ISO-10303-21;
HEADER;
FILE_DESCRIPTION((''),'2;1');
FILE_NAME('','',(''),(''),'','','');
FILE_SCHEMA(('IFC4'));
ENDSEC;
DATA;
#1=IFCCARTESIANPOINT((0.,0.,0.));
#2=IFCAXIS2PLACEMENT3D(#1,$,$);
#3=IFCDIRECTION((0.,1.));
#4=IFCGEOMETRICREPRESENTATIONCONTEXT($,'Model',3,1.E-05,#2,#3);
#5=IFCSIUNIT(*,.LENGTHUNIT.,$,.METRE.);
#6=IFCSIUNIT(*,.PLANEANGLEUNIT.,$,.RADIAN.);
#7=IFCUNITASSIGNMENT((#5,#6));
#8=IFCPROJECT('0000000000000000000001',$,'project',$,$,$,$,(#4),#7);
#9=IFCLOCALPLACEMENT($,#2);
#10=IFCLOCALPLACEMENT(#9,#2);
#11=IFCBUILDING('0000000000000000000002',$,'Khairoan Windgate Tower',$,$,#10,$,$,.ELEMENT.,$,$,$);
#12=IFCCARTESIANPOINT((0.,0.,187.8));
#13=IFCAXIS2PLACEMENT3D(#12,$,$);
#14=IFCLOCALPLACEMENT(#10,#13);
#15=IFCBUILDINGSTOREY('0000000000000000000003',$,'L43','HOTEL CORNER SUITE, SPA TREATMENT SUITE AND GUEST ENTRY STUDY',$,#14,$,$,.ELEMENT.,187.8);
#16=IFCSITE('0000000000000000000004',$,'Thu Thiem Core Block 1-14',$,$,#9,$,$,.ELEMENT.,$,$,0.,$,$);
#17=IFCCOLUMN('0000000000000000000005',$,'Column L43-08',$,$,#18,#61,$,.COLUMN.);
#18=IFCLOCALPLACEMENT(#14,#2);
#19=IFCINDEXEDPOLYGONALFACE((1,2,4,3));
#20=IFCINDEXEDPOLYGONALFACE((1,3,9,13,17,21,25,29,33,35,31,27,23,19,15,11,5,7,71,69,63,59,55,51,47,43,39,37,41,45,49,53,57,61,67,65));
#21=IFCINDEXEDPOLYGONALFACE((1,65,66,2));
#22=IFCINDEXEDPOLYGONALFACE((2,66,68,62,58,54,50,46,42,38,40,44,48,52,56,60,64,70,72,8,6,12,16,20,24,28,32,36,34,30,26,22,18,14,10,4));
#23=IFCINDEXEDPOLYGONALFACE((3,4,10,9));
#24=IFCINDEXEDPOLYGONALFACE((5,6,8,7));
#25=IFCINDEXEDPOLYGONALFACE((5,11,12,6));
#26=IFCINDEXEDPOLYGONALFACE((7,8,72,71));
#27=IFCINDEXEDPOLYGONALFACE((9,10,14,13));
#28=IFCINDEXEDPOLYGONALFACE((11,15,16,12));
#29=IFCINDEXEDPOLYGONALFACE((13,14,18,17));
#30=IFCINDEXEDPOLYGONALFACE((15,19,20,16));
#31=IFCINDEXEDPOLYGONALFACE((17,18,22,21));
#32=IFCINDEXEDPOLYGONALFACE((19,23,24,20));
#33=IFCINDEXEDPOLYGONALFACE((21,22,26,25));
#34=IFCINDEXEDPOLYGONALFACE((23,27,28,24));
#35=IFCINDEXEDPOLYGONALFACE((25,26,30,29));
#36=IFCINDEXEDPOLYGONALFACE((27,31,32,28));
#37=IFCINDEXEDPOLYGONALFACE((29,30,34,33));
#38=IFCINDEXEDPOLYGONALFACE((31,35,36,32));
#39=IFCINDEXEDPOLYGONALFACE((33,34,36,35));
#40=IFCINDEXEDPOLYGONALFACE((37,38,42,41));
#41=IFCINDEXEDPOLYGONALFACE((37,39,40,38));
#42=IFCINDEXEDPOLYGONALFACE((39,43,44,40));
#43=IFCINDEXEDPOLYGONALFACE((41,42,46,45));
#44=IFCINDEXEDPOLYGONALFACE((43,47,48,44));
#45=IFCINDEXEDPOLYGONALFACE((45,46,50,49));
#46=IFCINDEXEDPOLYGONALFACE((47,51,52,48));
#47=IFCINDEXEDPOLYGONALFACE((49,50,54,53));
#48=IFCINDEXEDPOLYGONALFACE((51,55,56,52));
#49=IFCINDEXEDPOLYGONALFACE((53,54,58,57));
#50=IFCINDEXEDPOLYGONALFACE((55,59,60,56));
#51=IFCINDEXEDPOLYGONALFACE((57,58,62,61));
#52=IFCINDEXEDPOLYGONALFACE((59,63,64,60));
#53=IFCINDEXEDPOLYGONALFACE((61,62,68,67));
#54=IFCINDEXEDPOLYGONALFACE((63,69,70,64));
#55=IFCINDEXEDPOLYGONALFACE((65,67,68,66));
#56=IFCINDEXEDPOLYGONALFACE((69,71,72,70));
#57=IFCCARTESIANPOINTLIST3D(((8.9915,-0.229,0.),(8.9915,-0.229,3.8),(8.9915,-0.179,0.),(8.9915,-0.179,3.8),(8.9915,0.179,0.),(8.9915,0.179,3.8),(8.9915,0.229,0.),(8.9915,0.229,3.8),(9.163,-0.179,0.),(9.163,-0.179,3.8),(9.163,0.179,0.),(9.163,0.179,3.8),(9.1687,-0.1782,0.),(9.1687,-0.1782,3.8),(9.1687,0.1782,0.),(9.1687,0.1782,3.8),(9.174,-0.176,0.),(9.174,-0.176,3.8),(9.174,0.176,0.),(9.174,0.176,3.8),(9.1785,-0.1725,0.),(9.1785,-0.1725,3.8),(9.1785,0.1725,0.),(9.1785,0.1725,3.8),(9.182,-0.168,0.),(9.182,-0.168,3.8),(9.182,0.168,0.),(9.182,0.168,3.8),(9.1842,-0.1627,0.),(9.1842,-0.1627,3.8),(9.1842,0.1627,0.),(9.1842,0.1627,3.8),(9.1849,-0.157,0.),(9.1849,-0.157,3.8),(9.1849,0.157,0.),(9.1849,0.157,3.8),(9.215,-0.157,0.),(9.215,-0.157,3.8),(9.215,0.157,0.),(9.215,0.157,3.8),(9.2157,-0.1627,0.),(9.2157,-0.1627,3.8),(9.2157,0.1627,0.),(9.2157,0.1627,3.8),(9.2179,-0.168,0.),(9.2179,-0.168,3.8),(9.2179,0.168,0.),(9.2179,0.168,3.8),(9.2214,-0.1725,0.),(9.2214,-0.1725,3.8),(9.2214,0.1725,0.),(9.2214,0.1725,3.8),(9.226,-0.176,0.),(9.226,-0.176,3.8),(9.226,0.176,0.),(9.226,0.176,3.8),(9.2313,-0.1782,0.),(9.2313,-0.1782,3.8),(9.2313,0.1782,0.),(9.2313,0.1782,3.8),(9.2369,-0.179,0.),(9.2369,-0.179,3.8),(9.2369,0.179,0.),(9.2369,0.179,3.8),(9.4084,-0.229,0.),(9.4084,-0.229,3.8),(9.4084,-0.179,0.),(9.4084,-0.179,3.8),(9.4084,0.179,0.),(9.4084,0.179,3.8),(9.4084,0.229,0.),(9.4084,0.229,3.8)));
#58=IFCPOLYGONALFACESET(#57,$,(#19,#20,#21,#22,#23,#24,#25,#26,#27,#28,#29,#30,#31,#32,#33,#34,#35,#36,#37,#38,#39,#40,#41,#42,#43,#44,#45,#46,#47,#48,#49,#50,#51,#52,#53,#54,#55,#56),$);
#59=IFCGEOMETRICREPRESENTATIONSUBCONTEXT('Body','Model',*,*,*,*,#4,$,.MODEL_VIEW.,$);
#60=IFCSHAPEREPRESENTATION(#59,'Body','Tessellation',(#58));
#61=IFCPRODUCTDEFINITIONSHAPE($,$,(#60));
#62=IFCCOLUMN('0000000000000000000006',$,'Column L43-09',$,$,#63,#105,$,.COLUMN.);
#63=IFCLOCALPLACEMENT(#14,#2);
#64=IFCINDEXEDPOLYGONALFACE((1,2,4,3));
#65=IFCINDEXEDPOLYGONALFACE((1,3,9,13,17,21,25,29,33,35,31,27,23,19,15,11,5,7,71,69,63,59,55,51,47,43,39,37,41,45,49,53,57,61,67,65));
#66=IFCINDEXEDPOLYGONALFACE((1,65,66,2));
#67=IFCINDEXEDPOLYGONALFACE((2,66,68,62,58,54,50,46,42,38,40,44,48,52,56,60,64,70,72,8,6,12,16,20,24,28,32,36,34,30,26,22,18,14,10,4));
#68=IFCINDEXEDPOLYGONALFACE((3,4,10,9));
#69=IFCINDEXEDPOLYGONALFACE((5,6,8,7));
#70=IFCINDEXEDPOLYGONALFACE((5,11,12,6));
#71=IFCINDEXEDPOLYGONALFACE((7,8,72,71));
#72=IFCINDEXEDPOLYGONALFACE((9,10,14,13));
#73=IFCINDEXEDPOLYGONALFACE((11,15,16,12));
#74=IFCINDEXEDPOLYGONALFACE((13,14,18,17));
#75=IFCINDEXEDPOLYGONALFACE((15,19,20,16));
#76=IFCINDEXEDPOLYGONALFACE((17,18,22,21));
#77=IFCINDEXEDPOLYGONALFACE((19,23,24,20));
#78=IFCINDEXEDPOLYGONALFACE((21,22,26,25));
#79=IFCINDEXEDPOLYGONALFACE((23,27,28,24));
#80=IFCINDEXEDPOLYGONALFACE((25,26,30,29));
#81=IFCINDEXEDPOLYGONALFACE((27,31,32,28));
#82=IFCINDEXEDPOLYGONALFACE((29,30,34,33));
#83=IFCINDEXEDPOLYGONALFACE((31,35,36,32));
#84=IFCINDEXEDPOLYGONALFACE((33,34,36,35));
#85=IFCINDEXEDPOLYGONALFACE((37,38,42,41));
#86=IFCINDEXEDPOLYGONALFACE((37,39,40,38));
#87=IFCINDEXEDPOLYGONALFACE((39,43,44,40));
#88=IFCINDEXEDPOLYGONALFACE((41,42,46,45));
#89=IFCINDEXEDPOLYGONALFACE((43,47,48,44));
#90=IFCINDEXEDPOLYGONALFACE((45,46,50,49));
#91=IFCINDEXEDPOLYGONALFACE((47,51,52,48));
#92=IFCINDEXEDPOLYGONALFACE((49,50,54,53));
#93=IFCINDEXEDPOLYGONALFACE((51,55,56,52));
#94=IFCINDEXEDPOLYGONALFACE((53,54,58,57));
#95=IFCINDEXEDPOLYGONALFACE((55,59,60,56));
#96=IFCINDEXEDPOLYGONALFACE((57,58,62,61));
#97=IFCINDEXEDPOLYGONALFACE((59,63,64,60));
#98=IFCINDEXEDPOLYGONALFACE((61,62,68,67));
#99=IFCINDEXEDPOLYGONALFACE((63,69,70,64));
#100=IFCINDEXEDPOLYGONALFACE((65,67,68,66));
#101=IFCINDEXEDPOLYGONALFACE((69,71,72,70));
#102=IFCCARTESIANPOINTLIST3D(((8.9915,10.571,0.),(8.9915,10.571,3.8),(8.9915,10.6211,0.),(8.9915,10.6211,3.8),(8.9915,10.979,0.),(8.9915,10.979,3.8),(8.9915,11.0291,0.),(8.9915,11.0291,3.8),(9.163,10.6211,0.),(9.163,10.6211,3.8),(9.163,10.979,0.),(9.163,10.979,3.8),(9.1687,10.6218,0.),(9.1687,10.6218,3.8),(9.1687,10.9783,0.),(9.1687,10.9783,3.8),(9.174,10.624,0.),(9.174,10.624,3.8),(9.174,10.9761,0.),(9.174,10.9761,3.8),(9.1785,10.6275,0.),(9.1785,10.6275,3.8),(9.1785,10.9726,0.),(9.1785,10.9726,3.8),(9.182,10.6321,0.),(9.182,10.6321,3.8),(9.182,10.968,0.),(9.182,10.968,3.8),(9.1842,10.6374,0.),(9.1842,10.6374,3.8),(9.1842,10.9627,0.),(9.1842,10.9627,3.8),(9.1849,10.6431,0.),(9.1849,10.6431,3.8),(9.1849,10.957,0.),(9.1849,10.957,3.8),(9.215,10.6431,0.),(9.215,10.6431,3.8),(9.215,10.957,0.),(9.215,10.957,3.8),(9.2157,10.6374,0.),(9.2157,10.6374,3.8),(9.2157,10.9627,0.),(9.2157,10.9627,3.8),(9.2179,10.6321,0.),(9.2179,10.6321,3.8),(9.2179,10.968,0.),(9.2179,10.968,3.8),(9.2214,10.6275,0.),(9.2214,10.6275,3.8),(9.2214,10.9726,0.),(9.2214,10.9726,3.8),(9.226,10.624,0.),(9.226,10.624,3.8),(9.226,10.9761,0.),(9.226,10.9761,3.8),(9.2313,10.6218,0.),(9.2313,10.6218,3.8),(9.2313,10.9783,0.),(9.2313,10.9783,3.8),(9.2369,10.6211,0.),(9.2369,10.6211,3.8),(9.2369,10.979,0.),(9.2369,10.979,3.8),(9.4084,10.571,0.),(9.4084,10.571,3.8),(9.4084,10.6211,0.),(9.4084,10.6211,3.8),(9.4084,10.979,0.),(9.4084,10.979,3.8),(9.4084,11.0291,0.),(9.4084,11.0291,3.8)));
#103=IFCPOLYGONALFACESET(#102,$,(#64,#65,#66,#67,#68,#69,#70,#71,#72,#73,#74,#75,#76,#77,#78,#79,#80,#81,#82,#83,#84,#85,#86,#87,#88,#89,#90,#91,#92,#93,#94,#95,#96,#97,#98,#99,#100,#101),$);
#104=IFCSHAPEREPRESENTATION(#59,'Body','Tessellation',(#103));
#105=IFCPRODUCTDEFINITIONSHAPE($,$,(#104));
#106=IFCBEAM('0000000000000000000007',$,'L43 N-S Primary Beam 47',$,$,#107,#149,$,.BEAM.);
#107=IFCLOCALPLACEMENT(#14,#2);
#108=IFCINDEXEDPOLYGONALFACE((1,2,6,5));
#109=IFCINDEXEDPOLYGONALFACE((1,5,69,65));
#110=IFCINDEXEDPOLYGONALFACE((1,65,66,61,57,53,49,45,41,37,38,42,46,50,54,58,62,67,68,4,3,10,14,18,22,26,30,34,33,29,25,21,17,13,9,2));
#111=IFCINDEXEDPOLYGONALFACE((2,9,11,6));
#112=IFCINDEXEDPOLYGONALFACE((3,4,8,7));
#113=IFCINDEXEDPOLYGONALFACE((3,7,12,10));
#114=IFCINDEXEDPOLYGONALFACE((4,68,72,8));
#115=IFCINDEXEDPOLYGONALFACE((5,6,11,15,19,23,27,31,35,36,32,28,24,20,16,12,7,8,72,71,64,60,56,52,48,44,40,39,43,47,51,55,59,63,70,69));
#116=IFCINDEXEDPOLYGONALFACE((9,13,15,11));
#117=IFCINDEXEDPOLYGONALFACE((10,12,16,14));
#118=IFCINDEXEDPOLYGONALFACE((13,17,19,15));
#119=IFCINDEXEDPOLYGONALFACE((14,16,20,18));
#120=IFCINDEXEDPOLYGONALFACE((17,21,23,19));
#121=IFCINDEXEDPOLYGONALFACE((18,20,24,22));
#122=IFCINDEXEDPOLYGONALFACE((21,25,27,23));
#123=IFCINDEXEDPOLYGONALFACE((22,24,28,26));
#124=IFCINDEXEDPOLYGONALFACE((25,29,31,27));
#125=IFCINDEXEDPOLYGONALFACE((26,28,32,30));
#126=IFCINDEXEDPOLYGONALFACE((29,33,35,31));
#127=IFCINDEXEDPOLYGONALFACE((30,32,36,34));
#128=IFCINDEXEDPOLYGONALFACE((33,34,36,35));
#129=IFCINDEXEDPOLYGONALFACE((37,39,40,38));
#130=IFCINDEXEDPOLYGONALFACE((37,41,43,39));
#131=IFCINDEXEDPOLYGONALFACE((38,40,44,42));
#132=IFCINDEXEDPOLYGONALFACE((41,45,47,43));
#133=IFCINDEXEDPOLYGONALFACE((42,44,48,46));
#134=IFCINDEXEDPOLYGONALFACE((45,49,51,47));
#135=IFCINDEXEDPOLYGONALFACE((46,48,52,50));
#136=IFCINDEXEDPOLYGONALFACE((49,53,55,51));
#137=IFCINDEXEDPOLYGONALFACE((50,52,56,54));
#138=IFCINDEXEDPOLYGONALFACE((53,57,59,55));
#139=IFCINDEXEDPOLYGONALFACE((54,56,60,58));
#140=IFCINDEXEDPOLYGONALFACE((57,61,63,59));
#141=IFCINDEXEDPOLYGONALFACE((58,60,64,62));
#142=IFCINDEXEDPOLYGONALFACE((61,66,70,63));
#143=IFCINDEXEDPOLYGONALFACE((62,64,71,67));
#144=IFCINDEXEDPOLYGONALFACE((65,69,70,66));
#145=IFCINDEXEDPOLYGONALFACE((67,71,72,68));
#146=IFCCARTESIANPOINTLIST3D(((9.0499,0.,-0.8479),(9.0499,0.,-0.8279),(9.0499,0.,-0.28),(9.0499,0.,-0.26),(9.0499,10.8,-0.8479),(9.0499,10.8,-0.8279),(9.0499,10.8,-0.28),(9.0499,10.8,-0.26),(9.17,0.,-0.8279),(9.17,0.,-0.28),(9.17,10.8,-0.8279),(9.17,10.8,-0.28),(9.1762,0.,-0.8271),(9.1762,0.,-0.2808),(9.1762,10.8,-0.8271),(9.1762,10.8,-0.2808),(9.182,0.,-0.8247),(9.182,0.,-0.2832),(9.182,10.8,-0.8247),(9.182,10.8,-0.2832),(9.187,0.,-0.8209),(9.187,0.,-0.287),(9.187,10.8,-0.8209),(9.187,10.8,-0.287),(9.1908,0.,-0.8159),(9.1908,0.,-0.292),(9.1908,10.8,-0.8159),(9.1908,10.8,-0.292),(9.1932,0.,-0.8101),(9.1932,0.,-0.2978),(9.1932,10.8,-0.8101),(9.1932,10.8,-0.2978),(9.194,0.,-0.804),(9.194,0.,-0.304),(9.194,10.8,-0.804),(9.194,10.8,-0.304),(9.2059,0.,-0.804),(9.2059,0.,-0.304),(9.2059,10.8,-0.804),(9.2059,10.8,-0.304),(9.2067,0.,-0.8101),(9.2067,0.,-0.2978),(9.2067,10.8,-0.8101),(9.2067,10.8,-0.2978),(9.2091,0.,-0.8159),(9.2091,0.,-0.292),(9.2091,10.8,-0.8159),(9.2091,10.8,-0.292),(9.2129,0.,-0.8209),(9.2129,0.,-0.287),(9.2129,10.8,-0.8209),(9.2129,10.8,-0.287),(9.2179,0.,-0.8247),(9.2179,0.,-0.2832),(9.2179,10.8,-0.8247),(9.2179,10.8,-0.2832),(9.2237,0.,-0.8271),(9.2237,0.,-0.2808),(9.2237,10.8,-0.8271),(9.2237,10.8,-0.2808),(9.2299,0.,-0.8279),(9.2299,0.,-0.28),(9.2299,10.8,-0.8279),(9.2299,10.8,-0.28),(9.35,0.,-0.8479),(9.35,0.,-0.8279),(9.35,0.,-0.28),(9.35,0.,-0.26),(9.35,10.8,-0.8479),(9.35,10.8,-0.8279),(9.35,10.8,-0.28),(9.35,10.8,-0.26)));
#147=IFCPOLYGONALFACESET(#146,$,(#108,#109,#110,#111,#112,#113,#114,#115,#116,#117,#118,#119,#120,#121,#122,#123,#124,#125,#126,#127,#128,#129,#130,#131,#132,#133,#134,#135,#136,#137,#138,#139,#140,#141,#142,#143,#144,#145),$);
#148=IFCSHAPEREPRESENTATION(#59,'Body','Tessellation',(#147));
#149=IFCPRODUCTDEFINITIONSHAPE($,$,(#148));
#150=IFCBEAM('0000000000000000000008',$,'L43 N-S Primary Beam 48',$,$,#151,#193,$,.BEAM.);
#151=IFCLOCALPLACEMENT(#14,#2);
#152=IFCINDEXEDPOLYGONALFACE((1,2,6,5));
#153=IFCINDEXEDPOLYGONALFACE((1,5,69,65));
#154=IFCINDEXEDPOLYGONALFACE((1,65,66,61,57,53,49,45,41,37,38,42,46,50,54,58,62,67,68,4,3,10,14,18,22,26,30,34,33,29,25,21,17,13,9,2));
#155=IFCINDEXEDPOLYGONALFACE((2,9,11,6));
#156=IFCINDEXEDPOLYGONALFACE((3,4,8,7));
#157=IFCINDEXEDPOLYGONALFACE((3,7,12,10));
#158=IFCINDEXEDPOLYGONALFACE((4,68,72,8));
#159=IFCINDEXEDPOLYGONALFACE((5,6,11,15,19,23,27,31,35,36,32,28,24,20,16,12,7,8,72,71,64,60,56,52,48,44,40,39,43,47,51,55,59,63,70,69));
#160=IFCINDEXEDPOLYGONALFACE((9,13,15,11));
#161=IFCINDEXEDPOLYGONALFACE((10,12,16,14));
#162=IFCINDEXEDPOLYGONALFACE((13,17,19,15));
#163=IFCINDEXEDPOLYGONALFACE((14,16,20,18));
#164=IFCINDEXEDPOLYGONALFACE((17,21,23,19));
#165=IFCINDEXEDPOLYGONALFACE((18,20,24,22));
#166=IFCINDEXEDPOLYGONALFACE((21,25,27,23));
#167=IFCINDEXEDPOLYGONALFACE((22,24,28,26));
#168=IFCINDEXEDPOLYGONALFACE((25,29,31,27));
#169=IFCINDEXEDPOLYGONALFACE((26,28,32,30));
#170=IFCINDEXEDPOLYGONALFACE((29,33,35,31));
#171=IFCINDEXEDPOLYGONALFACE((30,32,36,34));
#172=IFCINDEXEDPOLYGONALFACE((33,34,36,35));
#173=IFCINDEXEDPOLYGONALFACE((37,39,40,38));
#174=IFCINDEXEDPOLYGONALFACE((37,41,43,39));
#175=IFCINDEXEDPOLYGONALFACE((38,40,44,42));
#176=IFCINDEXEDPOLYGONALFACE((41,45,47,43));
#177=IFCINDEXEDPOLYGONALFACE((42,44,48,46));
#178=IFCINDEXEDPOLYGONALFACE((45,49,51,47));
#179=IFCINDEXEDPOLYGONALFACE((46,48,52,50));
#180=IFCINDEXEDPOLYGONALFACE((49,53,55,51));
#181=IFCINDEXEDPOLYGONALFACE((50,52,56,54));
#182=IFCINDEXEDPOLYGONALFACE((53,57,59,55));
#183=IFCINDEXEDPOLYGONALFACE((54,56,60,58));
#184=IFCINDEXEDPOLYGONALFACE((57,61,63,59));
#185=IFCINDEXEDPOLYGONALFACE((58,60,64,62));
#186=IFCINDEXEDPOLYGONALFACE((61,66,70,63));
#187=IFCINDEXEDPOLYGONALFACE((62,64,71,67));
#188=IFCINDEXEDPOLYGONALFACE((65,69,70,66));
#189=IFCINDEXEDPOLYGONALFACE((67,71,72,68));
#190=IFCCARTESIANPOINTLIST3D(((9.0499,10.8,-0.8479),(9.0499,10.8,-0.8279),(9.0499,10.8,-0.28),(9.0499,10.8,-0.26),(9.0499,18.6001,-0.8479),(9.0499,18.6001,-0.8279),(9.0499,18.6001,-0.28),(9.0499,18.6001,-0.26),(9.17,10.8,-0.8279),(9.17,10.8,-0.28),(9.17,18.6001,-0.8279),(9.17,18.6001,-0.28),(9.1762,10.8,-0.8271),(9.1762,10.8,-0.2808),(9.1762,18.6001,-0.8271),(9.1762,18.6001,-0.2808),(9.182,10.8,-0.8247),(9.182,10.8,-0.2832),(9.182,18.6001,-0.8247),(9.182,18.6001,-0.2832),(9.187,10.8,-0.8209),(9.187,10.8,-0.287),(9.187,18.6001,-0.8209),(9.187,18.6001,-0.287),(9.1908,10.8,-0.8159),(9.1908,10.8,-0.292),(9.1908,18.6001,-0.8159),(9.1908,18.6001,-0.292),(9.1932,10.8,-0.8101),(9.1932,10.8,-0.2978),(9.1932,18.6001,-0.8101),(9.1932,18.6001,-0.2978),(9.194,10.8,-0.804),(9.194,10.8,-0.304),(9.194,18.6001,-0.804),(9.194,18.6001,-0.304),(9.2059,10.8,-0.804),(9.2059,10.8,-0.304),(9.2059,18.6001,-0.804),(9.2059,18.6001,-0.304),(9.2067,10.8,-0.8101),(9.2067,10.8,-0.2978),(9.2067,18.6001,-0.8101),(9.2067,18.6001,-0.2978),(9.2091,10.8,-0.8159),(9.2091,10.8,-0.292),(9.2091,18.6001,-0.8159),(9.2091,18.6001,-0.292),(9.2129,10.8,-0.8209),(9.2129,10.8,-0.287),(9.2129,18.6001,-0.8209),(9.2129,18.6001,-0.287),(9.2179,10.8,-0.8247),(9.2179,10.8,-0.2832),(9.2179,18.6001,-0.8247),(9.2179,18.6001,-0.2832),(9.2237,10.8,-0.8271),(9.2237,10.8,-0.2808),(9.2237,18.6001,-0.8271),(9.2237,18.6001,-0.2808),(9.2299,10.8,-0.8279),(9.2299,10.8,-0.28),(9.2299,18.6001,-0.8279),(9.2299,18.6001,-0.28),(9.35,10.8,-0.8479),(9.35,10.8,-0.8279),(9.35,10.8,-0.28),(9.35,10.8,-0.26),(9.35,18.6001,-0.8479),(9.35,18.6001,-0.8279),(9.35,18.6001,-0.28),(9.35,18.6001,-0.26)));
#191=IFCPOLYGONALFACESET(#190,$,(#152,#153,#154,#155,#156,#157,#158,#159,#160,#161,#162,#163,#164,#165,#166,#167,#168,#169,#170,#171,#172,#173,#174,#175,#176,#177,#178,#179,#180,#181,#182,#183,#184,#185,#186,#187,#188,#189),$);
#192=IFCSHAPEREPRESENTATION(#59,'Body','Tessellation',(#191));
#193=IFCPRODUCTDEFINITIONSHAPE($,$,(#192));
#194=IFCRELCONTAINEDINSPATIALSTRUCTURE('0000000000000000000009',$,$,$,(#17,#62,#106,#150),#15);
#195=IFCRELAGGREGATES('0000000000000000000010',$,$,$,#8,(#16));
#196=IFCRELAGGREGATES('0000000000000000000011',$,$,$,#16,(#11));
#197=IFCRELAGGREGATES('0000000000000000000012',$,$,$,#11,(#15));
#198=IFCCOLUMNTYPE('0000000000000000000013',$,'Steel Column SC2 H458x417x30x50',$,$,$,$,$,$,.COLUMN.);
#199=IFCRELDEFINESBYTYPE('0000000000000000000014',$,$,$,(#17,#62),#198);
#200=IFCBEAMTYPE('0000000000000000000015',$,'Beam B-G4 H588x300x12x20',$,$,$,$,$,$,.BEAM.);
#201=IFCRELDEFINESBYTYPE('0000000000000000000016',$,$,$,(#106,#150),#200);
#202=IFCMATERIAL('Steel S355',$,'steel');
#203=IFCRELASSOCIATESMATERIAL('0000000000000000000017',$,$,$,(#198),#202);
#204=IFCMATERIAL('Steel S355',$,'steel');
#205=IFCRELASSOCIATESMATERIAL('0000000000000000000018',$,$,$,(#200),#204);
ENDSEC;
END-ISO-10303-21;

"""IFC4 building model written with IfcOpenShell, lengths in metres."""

from ifc_helpers import new_model, si_unit, direction, frame, origin, origin_2d, place, context, subcontext, project, spatial, i_section, extrude, material, material_profile, profile_set, type_object, element, save


model = new_model("IFC4")

# Units and contexts
model_context = context("Model", 3, precision=1e-05, world=origin(), true_north=direction((0.0, 1.0)))
body_context = subcontext(model_context, "Body", "Model", "MODEL_VIEW")
ifc_project = project(units=[si_unit("LENGTHUNIT", "METRE"), si_unit("PLANEANGLEUNIT", "RADIAN")], contexts=[model_context])

# Site, building, storey
site_placement = place(None, origin())
site = spatial("IfcSite", under=ifc_project, at=site_placement, Name="Thu Thiem Core Block 1-14", CompositionType="ELEMENT", RefElevation=0.0)
building_placement = place(site_placement, origin())
building = spatial("IfcBuilding", under=site, at=building_placement, Name="Khairoan Windgate Tower", CompositionType="ELEMENT")
storey_placement = place(building_placement, frame((0.0, 0.0, 187.8)))
storey = spatial("IfcBuildingStorey", under=building, at=storey_placement, Name="L43", Description="HOTEL CORNER SUITE, SPA TREATMENT SUITE AND GUEST ENTRY STUDY", CompositionType="ELEMENT", Elevation=187.8)

# Columns
ifc_material_1 = material(Name="Steel S355", Category="steel")
ifc_material_profile_1 = material_profile(ifc_material_1, i_section(OverallWidth=0.417, OverallDepth=0.458, WebThickness=0.03, FlangeThickness=0.05, FilletRadius=0.022, at=origin_2d()))
ifc_profile_set_1 = profile_set([ifc_material_profile_1], Name="Steel S355")
column_type = type_object("IfcColumnType", Name="Steel Column SC2 H458x417x30x50", PredefinedType="COLUMN", material=ifc_profile_set_1)
for number, where, z_axis, x_axis, name in (
    (1, (9.2, 0.0, 0.0), (0.0, 0.0, 1.0), (1.0, 0.0, 0.0), "Column L43-08"),
    (2, (9.2, 10.8, 0.0), (0.0, 0.0, 1.0), (1.0, 0.0, 0.0), "Column L43-09"),
):
    element("IfcColumn", number, at=place(storey_placement, frame(where, z_axis=z_axis, x_axis=x_axis)), inside=storey, type_object=column_type, Name=name, PredefinedType="COLUMN", context=body_context, shape_type="SweptSolid", body=[
        extrude(i_section(OverallWidth=0.417, OverallDepth=0.458, WebThickness=0.03, FlangeThickness=0.05, FilletRadius=0.022, at=origin_2d()), origin(), (0.0, 0.0, 1.0), 3.8),
    ])

# Beams
ifc_material_2 = material(Name="Steel S355", Category="steel")
ifc_material_profile_2 = material_profile(ifc_material_2, i_section(OverallWidth=0.3, OverallDepth=0.5879, WebThickness=0.012, FlangeThickness=0.02, FilletRadius=0.0239, at=origin_2d()))
ifc_profile_set_2 = profile_set([ifc_material_profile_2], Name="Steel S355")
beam_type_1 = type_object("IfcBeamType", Name="Beam B-G4 H588x300x12x20", PredefinedType="BEAM", material=ifc_profile_set_2)
beam_1_placement = place(storey_placement, frame((9.2, 0.0, -0.554), z_axis=(0.0, 1.0, 0.0), x_axis=(-1.0, 0.0, 0.0)))
element("IfcBeam", 3, at=beam_1_placement, inside=storey, type_object=beam_type_1, Name="L43 N-S Primary Beam 47", PredefinedType="BEAM", context=body_context, shape_type="SweptSolid", body=[
    extrude(i_section(OverallWidth=0.3, OverallDepth=0.5879, WebThickness=0.012, FlangeThickness=0.02, FilletRadius=0.0239, at=origin_2d()), origin(), (0.0, 0.0, 1.0), 10.8),
])
beam_2_placement = place(storey_placement, frame((9.2, 10.8, -0.554), z_axis=(0.0, 1.0, 0.0), x_axis=(-1.0, 0.0, 0.0)))
element("IfcBeam", 4, at=beam_2_placement, inside=storey, type_object=beam_type_1, Name="L43 N-S Primary Beam 48", PredefinedType="BEAM", context=body_context, shape_type="SweptSolid", body=[
    extrude(i_section(OverallWidth=0.3, OverallDepth=0.5879, WebThickness=0.012, FlangeThickness=0.02, FilletRadius=0.0239, at=origin_2d()), origin(), (0.0, 0.0, 1.0), 7.8),
])

save(model, "model.ifc")
